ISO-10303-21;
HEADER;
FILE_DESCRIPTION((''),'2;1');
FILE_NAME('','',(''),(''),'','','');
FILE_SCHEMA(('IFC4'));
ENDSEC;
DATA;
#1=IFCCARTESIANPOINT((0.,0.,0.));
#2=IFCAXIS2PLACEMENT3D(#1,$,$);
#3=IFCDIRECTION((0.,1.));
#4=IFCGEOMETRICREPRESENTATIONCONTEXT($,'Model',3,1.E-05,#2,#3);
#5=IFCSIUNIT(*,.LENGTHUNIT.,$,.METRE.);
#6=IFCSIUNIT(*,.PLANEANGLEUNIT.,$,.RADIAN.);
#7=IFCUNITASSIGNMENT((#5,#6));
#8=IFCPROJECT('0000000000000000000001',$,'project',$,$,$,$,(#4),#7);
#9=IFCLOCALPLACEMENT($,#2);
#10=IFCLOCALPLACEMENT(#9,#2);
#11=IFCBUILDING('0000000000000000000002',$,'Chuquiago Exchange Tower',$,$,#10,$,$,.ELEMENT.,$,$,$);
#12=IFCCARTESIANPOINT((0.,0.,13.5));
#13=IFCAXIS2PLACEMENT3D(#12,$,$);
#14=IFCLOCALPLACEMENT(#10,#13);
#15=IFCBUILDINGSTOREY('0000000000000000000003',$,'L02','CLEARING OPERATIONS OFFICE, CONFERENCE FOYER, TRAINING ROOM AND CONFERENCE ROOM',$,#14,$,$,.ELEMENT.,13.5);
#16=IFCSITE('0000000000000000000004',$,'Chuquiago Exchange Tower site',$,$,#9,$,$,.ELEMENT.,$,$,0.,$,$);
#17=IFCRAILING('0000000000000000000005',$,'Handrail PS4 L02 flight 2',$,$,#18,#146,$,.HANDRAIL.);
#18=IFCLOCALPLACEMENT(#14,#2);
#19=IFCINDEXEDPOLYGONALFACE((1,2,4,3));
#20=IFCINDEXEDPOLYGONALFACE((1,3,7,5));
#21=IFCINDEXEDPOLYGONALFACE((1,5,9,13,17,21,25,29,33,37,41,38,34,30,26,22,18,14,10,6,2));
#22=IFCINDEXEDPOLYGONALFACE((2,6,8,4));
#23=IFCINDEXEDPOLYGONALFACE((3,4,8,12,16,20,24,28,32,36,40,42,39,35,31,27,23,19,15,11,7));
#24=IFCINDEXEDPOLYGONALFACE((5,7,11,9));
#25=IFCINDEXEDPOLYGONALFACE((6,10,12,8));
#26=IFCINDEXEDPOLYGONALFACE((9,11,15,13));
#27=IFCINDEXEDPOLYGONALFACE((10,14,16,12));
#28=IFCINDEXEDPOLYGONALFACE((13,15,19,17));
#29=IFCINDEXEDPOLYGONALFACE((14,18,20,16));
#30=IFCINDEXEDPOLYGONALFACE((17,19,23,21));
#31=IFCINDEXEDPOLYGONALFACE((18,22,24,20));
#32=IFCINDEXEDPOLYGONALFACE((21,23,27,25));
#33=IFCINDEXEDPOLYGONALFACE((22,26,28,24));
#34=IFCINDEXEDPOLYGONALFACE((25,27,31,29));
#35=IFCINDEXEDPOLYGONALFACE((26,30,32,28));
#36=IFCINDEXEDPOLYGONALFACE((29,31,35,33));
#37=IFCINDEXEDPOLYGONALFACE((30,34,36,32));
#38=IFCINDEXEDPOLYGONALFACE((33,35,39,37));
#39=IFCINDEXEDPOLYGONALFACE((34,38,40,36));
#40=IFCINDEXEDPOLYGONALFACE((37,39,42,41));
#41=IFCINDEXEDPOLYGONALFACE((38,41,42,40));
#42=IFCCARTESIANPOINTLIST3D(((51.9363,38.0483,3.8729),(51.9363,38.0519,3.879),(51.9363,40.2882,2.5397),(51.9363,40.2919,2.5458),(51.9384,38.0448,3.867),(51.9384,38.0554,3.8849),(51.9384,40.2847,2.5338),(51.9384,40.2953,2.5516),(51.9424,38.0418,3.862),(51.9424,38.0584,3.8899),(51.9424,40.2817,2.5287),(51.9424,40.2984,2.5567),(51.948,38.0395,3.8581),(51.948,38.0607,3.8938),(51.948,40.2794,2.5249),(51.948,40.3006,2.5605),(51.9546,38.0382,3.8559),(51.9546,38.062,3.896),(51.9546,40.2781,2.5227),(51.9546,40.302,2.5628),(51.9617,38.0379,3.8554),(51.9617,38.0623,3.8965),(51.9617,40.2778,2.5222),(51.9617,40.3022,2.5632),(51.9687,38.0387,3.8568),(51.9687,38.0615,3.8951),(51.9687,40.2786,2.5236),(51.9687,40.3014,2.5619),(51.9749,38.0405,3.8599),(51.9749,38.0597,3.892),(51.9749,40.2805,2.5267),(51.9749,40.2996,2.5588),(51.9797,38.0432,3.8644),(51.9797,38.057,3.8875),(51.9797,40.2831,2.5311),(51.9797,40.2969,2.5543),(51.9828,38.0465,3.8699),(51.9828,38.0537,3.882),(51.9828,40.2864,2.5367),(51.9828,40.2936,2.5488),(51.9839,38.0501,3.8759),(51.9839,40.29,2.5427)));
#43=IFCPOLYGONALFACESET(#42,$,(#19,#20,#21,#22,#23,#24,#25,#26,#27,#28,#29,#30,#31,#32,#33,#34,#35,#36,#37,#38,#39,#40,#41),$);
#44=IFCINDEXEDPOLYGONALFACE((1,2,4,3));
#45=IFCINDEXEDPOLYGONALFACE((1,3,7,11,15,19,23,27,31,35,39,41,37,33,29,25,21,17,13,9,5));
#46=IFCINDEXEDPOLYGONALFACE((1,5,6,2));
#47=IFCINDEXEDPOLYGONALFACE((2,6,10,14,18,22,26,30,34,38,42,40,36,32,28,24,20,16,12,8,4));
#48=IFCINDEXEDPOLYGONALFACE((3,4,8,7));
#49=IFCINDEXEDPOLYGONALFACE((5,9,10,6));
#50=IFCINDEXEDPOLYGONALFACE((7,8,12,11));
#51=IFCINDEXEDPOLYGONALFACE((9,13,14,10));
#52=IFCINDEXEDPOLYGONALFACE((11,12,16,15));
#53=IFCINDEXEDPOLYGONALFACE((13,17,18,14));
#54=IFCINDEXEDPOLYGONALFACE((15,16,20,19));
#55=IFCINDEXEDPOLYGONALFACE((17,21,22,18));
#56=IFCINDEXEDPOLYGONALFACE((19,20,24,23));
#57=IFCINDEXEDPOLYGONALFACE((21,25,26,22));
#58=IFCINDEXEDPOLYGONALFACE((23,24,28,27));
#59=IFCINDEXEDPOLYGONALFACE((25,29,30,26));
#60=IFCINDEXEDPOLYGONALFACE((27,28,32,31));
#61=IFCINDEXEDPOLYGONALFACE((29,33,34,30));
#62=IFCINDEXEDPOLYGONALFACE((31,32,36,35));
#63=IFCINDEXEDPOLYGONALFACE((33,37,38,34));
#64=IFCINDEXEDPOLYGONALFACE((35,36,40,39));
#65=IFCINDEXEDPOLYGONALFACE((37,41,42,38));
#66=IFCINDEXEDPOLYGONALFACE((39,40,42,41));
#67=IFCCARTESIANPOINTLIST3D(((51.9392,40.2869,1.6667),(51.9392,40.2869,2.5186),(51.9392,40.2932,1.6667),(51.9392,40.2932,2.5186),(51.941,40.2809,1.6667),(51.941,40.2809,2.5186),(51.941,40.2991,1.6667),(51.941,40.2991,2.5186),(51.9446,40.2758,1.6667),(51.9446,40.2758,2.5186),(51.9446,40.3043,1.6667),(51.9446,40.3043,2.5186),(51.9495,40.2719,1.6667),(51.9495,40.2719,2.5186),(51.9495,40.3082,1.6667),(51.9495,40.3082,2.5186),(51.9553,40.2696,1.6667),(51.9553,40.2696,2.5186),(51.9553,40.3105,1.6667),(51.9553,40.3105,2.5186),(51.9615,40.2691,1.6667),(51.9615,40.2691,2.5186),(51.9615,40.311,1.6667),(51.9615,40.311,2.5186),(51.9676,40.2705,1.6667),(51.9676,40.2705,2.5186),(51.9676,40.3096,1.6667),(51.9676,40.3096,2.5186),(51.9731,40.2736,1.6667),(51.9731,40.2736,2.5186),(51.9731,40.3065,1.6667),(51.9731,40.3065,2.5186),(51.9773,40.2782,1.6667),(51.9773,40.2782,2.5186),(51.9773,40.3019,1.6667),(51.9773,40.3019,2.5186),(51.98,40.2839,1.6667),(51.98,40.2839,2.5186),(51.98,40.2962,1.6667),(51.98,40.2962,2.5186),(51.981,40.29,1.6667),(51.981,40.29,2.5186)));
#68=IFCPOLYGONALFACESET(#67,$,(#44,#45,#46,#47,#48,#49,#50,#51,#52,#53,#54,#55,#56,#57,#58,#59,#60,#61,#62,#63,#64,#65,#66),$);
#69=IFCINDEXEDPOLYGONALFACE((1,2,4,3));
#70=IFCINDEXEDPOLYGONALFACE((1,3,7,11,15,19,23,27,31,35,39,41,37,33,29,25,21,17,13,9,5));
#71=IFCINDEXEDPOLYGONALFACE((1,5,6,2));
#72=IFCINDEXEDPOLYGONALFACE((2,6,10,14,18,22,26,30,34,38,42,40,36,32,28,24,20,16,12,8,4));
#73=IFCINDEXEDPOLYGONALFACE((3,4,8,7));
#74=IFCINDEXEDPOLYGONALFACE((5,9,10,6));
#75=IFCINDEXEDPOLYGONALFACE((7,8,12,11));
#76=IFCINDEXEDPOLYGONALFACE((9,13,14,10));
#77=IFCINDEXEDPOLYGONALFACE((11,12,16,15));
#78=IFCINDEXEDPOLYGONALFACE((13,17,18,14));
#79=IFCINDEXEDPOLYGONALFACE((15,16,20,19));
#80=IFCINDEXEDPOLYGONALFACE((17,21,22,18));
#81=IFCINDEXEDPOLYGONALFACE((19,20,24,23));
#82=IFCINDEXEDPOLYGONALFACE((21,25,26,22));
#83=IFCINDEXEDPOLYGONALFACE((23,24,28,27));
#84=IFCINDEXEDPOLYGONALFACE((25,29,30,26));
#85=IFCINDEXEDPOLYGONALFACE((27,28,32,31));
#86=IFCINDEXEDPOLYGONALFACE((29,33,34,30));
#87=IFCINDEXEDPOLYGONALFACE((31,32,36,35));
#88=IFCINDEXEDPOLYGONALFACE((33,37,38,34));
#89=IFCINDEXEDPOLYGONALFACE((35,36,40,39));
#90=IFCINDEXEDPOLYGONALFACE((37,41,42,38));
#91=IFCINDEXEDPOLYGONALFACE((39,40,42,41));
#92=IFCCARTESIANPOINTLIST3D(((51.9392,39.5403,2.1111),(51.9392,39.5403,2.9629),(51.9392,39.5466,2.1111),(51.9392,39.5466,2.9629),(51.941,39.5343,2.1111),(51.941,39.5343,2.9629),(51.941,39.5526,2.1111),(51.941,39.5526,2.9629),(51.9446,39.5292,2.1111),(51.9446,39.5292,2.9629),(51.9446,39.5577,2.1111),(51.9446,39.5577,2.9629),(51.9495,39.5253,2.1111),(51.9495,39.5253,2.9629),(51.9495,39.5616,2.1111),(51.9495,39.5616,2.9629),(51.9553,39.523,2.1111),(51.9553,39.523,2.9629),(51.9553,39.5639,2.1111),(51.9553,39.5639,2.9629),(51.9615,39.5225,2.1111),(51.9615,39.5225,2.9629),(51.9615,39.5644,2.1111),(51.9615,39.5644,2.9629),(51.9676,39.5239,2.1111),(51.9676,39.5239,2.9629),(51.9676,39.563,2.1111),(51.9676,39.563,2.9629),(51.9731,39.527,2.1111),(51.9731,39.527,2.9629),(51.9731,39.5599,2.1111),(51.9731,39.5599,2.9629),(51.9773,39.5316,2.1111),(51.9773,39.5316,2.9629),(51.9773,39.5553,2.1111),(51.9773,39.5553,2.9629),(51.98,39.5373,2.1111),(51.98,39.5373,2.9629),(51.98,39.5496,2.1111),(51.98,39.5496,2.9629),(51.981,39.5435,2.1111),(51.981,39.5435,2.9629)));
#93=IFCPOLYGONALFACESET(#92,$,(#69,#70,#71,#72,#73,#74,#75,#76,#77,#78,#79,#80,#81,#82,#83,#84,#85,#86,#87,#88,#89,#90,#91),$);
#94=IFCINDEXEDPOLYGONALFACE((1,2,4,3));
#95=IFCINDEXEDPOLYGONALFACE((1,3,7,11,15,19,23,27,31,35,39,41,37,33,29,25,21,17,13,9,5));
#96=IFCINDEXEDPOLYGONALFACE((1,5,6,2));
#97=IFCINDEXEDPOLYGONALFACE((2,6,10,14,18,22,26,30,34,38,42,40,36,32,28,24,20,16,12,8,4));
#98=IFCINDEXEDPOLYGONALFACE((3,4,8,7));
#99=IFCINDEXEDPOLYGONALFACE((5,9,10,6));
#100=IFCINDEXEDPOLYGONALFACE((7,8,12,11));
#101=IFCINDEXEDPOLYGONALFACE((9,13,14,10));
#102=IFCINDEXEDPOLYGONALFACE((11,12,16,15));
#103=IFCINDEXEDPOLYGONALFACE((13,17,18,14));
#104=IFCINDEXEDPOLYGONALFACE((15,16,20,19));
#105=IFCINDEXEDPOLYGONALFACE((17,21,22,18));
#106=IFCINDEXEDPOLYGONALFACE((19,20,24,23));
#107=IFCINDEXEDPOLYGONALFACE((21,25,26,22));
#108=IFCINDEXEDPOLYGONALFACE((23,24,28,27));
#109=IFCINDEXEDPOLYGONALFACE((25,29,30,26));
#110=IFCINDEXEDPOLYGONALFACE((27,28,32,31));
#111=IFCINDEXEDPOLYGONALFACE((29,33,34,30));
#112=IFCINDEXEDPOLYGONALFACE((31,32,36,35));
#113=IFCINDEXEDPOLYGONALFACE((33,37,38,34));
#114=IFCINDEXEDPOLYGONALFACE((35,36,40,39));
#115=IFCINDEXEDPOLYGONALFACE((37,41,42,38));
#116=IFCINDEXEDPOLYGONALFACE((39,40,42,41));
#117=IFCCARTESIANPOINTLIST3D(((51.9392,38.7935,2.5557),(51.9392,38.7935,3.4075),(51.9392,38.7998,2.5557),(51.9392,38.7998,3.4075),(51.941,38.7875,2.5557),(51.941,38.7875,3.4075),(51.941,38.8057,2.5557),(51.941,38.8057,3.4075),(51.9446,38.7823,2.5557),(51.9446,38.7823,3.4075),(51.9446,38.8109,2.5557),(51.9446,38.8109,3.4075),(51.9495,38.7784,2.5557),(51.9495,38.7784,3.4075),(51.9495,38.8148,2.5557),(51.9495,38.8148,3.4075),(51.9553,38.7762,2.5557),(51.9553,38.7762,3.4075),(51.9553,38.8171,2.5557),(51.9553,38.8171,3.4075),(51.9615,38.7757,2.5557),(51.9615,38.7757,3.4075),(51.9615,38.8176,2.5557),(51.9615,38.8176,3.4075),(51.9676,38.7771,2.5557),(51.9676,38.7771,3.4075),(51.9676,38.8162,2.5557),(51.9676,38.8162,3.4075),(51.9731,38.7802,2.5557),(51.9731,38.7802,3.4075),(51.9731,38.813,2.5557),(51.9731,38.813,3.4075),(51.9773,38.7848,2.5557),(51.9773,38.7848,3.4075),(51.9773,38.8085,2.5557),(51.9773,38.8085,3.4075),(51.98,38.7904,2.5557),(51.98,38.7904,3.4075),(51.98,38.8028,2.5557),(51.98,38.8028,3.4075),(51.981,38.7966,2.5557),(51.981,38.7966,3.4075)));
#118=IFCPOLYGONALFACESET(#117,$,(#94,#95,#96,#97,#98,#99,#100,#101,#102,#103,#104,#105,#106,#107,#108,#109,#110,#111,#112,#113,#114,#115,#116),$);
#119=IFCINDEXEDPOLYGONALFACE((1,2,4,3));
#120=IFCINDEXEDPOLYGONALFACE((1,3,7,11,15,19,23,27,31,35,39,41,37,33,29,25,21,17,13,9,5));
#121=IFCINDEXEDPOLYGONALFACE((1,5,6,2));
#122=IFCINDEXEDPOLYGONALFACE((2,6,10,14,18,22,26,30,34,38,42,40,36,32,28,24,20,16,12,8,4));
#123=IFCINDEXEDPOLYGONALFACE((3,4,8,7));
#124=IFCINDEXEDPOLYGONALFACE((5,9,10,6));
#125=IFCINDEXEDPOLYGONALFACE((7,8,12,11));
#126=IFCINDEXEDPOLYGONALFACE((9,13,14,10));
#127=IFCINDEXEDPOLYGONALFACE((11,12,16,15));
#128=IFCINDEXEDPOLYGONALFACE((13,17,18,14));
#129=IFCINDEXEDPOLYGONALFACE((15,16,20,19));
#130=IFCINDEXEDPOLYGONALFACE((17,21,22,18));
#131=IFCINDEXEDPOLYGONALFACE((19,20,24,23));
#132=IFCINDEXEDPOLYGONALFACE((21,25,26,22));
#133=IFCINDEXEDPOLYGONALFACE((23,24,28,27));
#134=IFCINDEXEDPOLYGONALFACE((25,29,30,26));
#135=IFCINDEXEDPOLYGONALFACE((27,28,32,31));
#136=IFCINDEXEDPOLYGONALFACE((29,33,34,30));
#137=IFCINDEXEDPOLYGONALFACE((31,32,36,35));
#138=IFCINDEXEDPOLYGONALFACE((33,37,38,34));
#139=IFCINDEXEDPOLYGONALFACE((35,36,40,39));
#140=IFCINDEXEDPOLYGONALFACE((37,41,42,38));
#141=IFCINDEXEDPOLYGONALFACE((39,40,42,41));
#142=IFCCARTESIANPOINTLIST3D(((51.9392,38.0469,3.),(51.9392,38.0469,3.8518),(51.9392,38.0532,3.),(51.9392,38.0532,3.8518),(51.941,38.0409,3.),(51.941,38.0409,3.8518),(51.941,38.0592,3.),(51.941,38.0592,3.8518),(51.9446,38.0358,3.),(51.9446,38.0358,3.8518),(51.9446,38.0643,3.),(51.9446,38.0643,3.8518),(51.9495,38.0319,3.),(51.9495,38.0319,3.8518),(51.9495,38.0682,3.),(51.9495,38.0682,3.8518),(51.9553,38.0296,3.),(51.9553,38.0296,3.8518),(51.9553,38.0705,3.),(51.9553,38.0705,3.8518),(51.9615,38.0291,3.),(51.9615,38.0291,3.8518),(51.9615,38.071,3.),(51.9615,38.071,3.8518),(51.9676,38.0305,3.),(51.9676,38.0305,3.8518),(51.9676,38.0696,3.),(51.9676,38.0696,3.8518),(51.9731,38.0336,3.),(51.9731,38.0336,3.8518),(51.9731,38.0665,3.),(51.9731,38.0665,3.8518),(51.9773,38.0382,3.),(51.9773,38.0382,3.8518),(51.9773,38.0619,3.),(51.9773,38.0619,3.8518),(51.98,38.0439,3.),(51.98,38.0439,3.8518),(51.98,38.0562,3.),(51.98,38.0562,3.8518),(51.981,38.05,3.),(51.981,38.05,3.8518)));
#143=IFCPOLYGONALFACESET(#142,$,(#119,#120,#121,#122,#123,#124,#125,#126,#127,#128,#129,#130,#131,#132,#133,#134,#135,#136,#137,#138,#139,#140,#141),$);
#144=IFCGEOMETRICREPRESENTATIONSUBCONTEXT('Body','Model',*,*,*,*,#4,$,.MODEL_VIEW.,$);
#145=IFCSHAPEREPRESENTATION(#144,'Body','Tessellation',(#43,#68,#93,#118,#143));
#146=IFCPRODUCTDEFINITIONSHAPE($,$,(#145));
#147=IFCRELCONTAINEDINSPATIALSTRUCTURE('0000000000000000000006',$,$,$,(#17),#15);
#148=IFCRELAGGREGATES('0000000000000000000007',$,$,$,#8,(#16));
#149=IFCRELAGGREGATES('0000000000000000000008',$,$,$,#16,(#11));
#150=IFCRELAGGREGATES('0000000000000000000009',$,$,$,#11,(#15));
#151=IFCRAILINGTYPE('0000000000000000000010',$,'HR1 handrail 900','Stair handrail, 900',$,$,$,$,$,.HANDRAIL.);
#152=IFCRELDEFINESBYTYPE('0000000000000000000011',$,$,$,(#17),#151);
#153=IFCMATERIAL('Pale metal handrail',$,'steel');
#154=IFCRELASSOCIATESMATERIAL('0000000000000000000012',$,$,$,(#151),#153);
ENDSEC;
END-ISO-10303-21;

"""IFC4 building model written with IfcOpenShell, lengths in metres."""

from ifc_helpers import new_model, si_unit, direction, frame, origin, origin_2d, place, context, subcontext, project, spatial, circle, extrude, material, type_object, element, save


model = new_model("IFC4")

# Units and contexts
model_context = context("Model", 3, precision=1e-05, world=origin(), true_north=direction((0.0, 1.0)))
body_context = subcontext(model_context, "Body", "Model", "MODEL_VIEW")
ifc_project = project(units=[si_unit("LENGTHUNIT", "METRE"), si_unit("PLANEANGLEUNIT", "RADIAN")], contexts=[model_context])

# Site, building, storey
site_placement = place(None, origin())
site = spatial("IfcSite", under=ifc_project, at=site_placement, Name="Chuquiago Exchange Tower site", CompositionType="ELEMENT", RefElevation=0.0)
building_placement = place(site_placement, origin())
building = spatial("IfcBuilding", under=site, at=building_placement, Name="Chuquiago Exchange Tower", CompositionType="ELEMENT")
storey_placement = place(building_placement, frame((0.0, 0.0, 13.5)))
storey = spatial("IfcBuildingStorey", under=building, at=storey_placement, Name="L02", Description="CLEARING OPERATIONS OFFICE, CONFERENCE FOYER, TRAINING ROOM AND CONFERENCE ROOM", CompositionType="ELEMENT", Elevation=13.5)

# Railing
ifc_material_1 = material(Name="Pale metal handrail", Category="steel")
railing_type = type_object("IfcRailingType", Name="HR1 handrail 900", Description="Stair handrail, 900", PredefinedType="HANDRAIL", material=ifc_material_1)
for number, where, name in (
    (1, (51.96, 40.29, 1.6667), "Handrail PS4 L02 flight 2"),
):
    element("IfcRailing", number, at=place(storey_placement, frame(where)), inside=storey, type_object=railing_type, Name=name, PredefinedType="HANDRAIL", context=body_context, shape_type="SweptSolid", body=[
        extrude(circle(Radius=0.0239, at=origin_2d()), frame((0.0, 0.0, 0.876), z_axis=(0.0, -0.859306, 0.511462), x_axis=(1.0, 0.0, 0.0)), (0.0, 0.0, 1.0), 2.6067),
        extrude(circle(Radius=0.021, at=origin_2d()), origin(), (0.0, 0.0, 1.0), 0.8518),
        extrude(circle(Radius=0.021, at=origin_2d()), frame((0.0, -0.7466, 0.4443)), (0.0, 0.0, 1.0), 0.8518),
        extrude(circle(Radius=0.021, at=origin_2d()), frame((0.0, -1.4934, 0.8889)), (0.0, 0.0, 1.0), 0.8518),
        extrude(circle(Radius=0.021, at=origin_2d()), frame((0.0, -2.24, 1.3333)), (0.0, 0.0, 1.0), 0.8518),
    ])

save(model, "model.ifc")
